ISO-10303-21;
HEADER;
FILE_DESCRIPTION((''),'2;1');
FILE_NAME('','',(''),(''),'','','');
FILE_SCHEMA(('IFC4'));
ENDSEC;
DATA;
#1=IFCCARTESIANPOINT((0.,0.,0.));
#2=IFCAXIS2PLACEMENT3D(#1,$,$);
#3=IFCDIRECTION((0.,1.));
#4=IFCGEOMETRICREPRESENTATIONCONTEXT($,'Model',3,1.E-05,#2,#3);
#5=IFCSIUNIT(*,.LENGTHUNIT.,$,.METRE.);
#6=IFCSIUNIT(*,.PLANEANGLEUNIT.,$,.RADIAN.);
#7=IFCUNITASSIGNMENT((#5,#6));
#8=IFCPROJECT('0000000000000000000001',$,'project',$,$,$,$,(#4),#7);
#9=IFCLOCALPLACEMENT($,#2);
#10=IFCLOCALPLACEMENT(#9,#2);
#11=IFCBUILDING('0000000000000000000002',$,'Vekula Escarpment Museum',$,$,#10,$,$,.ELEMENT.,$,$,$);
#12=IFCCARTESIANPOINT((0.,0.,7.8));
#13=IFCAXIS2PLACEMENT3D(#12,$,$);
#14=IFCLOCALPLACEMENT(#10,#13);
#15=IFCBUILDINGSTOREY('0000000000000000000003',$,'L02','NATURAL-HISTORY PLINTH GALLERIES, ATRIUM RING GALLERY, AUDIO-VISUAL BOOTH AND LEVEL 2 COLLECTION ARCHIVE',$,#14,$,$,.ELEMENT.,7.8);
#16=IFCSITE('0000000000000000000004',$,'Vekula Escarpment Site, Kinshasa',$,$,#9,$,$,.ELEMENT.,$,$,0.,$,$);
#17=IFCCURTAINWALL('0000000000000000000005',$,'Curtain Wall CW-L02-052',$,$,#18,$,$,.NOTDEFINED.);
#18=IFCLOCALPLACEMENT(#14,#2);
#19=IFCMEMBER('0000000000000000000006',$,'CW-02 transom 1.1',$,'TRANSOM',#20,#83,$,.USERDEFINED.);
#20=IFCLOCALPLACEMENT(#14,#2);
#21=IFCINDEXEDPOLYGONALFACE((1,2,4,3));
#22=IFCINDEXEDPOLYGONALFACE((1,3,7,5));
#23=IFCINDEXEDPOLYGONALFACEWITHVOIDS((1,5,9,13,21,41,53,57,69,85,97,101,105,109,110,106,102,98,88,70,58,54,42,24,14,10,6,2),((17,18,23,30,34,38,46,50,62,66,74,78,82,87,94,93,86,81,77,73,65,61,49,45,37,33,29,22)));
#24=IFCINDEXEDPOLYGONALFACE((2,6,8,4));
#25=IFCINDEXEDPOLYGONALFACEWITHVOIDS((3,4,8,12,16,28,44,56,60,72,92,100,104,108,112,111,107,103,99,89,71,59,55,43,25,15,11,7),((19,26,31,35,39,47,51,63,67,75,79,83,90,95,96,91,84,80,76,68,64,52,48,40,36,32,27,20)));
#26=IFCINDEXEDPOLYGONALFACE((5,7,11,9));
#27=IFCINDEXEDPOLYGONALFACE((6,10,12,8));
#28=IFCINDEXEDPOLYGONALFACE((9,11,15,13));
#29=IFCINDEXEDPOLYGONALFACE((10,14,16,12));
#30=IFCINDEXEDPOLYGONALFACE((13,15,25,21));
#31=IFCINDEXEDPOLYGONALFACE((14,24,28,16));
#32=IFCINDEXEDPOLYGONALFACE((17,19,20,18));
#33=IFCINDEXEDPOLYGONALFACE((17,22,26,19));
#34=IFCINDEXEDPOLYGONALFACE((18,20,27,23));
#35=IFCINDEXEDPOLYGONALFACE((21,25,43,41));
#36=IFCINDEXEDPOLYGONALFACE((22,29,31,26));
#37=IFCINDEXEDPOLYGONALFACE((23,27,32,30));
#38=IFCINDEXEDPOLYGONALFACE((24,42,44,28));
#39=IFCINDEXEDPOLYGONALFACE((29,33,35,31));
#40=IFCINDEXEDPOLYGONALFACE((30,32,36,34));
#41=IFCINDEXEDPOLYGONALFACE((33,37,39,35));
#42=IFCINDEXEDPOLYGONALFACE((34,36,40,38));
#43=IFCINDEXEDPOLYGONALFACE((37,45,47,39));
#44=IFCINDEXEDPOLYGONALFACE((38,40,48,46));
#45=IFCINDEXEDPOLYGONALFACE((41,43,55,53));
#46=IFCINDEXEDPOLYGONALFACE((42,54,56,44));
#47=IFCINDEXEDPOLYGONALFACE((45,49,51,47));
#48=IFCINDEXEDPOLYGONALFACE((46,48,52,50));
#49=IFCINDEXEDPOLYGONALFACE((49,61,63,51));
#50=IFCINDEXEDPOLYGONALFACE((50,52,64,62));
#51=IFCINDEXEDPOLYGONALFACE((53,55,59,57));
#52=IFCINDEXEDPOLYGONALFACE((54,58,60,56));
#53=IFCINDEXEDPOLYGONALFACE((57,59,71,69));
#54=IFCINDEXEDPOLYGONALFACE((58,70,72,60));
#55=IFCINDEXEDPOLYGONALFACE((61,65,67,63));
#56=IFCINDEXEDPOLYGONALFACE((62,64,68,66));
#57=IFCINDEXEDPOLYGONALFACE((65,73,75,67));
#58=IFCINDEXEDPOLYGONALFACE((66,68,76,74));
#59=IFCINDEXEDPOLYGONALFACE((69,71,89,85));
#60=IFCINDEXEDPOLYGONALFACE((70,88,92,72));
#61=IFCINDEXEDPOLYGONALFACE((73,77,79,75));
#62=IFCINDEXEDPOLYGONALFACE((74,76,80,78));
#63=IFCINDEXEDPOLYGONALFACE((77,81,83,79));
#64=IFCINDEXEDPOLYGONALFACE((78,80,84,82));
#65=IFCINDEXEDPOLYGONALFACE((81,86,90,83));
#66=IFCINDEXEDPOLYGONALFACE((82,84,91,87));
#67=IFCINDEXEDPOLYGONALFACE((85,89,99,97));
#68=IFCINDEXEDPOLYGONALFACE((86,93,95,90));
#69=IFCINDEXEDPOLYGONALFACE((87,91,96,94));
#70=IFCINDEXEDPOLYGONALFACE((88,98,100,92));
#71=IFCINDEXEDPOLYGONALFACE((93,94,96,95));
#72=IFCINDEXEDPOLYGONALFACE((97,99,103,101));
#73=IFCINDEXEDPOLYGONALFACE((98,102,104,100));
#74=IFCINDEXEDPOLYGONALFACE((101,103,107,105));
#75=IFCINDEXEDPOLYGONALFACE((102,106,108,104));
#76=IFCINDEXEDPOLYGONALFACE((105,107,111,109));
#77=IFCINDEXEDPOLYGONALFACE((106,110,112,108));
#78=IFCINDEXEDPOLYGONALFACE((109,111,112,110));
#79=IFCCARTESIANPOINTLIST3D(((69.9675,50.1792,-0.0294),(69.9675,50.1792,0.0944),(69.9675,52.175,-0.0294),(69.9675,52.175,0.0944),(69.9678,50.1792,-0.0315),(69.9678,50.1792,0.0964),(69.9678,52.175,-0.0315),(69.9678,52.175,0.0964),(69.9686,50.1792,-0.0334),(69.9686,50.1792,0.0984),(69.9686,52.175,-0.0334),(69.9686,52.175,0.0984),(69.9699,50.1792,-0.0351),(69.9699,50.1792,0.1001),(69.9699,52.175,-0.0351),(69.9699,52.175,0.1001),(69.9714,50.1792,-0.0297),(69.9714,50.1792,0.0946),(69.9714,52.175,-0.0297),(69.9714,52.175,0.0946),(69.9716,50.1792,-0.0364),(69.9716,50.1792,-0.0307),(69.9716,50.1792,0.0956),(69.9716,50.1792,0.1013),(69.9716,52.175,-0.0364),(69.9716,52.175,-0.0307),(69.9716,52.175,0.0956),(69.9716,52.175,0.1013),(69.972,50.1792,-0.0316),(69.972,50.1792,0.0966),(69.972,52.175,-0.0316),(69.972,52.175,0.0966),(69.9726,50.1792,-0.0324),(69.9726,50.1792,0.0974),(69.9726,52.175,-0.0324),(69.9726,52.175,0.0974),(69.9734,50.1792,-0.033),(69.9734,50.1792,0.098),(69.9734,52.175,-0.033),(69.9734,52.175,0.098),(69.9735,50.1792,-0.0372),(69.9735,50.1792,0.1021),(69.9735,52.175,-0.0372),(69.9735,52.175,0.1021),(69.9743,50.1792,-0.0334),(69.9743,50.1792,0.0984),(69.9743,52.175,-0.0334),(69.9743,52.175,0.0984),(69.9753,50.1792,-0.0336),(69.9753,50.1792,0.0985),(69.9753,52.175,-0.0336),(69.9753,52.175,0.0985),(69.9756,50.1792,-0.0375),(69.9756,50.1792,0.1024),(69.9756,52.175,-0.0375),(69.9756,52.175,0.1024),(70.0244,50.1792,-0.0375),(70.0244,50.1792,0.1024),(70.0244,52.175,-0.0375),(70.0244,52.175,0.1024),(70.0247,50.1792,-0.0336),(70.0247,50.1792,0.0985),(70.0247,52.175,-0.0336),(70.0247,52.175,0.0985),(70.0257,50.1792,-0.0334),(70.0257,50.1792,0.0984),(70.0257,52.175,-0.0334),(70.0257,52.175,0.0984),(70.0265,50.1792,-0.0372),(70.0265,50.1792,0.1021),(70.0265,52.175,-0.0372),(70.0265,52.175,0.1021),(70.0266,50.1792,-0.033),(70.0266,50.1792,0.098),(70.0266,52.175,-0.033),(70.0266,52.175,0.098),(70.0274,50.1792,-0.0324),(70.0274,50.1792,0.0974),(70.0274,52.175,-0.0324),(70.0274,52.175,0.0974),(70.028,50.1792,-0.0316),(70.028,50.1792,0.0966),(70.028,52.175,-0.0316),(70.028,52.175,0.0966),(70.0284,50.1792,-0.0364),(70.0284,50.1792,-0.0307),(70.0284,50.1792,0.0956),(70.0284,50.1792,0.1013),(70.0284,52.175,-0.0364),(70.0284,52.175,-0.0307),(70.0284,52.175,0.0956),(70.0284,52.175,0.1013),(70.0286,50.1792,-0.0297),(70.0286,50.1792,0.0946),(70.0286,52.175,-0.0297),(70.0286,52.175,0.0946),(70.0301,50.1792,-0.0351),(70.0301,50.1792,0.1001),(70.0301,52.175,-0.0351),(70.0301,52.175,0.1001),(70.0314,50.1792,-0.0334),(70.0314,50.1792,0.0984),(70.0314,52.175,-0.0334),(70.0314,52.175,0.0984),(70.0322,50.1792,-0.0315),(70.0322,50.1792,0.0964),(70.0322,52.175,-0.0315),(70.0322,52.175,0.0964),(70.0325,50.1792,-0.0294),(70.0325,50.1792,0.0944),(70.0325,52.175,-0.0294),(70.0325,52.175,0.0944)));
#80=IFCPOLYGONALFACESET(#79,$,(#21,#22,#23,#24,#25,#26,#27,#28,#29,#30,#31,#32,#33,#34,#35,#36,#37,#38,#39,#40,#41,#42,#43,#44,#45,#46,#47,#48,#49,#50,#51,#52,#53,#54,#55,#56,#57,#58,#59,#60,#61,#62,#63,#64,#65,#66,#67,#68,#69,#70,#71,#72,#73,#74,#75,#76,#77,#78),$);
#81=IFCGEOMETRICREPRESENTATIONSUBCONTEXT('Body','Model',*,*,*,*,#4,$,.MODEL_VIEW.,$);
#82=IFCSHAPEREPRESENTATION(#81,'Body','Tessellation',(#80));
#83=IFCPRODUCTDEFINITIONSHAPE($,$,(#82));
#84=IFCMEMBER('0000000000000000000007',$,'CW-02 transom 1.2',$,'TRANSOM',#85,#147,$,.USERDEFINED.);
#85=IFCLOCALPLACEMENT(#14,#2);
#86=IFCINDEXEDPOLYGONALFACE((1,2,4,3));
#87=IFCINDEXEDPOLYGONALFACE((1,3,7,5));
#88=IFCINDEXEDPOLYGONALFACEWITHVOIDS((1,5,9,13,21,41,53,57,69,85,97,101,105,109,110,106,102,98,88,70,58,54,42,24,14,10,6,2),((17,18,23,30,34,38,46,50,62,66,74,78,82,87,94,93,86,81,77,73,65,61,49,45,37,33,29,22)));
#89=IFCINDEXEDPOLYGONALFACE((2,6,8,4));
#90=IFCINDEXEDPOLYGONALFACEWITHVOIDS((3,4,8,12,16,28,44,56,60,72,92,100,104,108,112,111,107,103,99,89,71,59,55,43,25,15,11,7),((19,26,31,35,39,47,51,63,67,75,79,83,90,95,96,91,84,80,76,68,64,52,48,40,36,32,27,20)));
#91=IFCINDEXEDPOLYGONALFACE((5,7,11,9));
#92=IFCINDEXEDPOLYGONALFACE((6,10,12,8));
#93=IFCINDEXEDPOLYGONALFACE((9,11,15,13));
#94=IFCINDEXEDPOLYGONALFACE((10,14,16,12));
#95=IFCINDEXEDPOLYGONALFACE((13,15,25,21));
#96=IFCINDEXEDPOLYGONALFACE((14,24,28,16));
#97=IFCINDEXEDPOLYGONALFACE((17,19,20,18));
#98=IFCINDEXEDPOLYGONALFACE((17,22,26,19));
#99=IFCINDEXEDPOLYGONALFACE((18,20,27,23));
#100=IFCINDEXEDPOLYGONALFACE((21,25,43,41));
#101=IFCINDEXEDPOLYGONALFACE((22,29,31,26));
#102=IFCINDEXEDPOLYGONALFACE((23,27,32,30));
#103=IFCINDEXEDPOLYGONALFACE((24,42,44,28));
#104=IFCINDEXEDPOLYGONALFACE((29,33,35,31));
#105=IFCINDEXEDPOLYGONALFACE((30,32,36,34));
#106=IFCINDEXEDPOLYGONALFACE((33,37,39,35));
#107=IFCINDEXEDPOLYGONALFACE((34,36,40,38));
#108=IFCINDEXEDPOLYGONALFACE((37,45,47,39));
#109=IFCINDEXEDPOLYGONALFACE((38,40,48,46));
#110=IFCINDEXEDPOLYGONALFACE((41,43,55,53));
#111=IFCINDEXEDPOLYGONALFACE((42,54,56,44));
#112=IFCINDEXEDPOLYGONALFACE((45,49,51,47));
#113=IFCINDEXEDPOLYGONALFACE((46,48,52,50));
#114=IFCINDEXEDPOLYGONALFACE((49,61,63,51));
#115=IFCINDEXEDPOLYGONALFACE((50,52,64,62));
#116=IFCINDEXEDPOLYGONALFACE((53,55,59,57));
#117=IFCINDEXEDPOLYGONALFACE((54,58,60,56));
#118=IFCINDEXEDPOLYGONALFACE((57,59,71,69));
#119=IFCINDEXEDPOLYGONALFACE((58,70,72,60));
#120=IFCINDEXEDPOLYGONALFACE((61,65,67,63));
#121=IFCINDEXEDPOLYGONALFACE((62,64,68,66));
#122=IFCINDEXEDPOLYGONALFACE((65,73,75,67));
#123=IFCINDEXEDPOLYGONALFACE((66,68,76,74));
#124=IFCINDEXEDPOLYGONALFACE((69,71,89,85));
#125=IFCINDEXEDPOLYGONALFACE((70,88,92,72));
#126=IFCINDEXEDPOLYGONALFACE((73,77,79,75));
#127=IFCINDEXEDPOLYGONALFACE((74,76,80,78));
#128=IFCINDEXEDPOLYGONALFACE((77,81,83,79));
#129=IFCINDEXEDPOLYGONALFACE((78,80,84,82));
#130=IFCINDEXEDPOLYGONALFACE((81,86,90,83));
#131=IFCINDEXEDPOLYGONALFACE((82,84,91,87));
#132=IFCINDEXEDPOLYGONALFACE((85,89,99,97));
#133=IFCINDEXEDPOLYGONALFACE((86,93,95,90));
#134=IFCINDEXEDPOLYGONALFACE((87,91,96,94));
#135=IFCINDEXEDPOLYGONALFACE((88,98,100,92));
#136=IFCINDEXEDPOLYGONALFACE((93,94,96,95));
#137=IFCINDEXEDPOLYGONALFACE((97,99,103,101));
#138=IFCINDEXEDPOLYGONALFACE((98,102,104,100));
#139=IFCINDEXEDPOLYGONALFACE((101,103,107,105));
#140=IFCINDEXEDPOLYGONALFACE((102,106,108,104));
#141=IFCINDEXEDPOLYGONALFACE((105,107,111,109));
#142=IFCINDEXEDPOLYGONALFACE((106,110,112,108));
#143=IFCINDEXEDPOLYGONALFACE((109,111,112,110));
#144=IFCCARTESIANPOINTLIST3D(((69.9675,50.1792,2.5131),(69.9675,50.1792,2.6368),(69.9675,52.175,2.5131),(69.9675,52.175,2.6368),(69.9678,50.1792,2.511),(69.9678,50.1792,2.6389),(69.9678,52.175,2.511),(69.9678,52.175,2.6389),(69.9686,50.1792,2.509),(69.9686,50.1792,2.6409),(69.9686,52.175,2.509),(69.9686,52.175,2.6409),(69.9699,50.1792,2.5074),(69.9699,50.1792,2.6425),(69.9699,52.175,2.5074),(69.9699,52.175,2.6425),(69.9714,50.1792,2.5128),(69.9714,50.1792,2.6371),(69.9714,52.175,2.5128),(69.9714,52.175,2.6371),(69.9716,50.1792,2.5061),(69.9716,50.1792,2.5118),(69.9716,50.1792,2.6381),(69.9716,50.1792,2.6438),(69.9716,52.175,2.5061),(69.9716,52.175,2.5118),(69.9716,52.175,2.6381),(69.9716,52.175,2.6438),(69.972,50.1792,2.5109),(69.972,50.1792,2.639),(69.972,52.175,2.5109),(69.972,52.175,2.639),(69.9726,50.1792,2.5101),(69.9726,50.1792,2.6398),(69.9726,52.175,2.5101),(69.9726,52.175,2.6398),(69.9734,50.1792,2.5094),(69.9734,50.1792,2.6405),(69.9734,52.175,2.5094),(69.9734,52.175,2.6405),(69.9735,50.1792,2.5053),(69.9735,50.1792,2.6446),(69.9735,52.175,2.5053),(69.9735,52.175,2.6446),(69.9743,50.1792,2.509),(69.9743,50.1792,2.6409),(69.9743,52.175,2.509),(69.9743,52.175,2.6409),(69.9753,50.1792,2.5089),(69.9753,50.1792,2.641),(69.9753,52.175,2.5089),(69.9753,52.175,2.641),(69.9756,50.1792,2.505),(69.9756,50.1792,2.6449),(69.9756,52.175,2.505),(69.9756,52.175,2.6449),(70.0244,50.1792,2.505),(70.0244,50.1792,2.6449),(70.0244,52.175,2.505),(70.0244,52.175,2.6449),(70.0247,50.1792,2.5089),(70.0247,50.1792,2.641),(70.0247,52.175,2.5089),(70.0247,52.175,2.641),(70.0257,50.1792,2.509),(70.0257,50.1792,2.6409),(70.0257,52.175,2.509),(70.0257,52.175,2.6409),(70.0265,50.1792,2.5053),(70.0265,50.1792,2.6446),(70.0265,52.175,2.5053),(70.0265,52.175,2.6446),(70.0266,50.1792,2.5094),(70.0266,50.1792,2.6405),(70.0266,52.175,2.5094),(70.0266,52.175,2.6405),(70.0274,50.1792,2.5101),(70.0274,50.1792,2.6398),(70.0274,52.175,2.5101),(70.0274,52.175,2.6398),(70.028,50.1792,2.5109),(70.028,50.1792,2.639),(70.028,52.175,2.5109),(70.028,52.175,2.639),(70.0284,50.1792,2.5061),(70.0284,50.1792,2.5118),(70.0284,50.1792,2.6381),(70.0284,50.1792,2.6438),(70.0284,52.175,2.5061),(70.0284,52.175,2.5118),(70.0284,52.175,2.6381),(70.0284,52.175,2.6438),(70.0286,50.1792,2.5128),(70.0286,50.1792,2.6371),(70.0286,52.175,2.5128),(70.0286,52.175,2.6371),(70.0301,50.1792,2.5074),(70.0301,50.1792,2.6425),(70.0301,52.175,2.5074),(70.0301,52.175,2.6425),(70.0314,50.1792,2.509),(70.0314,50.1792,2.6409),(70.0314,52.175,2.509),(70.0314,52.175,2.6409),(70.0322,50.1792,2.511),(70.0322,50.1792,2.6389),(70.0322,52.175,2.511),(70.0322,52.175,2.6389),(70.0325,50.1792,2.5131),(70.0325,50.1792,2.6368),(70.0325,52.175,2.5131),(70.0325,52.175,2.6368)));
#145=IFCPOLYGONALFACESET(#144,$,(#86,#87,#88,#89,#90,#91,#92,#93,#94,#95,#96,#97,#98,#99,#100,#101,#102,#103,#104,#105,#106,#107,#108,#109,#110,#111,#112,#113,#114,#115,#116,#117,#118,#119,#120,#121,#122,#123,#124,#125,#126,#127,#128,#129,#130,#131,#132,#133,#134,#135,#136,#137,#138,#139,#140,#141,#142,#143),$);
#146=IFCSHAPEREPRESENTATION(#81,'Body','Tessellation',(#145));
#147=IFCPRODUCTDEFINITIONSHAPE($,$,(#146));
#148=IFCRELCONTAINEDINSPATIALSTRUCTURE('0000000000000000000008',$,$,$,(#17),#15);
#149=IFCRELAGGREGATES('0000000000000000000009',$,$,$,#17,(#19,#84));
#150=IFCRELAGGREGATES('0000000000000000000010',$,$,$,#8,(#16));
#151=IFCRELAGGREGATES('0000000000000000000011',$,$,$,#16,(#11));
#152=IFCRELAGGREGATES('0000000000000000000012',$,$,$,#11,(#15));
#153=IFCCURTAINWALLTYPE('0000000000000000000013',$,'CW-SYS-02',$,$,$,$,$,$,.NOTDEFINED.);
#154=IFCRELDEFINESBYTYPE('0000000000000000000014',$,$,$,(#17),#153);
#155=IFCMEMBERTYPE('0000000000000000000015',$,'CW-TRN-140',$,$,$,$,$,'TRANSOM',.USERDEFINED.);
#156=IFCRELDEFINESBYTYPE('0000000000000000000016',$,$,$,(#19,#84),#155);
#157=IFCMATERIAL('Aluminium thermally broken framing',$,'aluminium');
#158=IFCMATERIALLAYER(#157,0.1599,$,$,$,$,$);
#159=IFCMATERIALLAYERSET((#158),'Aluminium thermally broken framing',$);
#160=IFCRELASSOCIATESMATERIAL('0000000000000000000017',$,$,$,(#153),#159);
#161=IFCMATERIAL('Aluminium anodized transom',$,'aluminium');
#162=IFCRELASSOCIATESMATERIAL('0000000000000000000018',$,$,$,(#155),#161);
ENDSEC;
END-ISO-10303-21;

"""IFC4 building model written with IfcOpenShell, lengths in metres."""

from ifc_helpers import new_model, si_unit, direction, frame, origin, origin_2d, place, context, subcontext, project, spatial, hollow_rectangle, extrude, material, layer, layer_set, material_profile, profile_set, type_object, element, aggregate, save


model = new_model("IFC4")

# Units and contexts
model_context = context("Model", 3, precision=1e-05, world=origin(), true_north=direction((0.0, 1.0)))
body_context = subcontext(model_context, "Body", "Model", "MODEL_VIEW")
ifc_project = project(units=[si_unit("LENGTHUNIT", "METRE"), si_unit("PLANEANGLEUNIT", "RADIAN")], contexts=[model_context])

# Site, building, storey
site_placement = place(None, origin())
site = spatial("IfcSite", under=ifc_project, at=site_placement, Name="Vekula Escarpment Site, Kinshasa", CompositionType="ELEMENT", RefElevation=0.0)
building_placement = place(site_placement, origin())
building = spatial("IfcBuilding", under=site, at=building_placement, Name="Vekula Escarpment Museum", CompositionType="ELEMENT")
storey_placement = place(building_placement, frame((0.0, 0.0, 7.8)))
storey = spatial("IfcBuildingStorey", under=building, at=storey_placement, Name="L02", Description="NATURAL-HISTORY PLINTH GALLERIES, ATRIUM RING GALLERY, AUDIO-VISUAL BOOTH AND LEVEL 2 COLLECTION ARCHIVE", CompositionType="ELEMENT", Elevation=7.8)

# Curtain wall, members
ifc_material_1 = material(Name="Aluminium thermally broken framing", Category="aluminium")
ifc_layer_1 = layer(ifc_material_1, 0.1599)
ifc_layer_set_1 = layer_set([ifc_layer_1], Name="Aluminium thermally broken framing")
curtain_wall_type = type_object("IfcCurtainWallType", Name="CW-SYS-02", PredefinedType="NOTDEFINED", material=ifc_layer_set_1)
curtain_wall_placement = place(storey_placement, origin())
curtain_wall = element("IfcCurtainWall", 1, at=curtain_wall_placement, inside=storey, type_object=curtain_wall_type, Name="Curtain Wall CW-L02-052", PredefinedType="NOTDEFINED")
ifc_material_2 = material(Name="Aluminium anodized transom", Category="aluminium")
ifc_material_profile_1 = material_profile(ifc_material_2, hollow_rectangle(XDim=0.0649, YDim=0.1399, WallThickness=0.0039, InnerFilletRadius=0.0039, OuterFilletRadius=0.0081, at=origin_2d()), Name="ALU 140x65x4")
ifc_profile_set_1 = profile_set([ifc_material_profile_1], Name="Aluminium anodized transom")
member_type_1 = type_object("IfcMemberType", Name="CW-TRN-140", ElementType="TRANSOM", PredefinedType="USERDEFINED", material=ifc_profile_set_1)
member_1_placement = place(storey_placement, frame((70.0, 52.175, 0.0325), z_axis=(0.0, -1.0, 0.0), x_axis=(1.0, 0.0, 0.0)))
member_1 = element("IfcMember", 2, at=member_1_placement, type_object=member_type_1, Name="CW-02 transom 1.1", ObjectType="TRANSOM", PredefinedType="USERDEFINED", context=body_context, shape_type="SweptSolid", body=[
    extrude(hollow_rectangle(XDim=0.0649, YDim=0.1399, WallThickness=0.0039, InnerFilletRadius=0.0039, OuterFilletRadius=0.0081, at=origin_2d()), origin(), (0.0, 0.0, 1.0), 1.9958),
])
member_2_placement = place(storey_placement, frame((70.0, 52.175, 2.575), z_axis=(0.0, -1.0, 0.0), x_axis=(1.0, 0.0, 0.0)))
member_2 = element("IfcMember", 3, at=member_2_placement, type_object=member_type_1, Name="CW-02 transom 1.2", ObjectType="TRANSOM", PredefinedType="USERDEFINED", context=body_context, shape_type="SweptSolid", body=[
    extrude(hollow_rectangle(XDim=0.0649, YDim=0.1399, WallThickness=0.0039, InnerFilletRadius=0.0039, OuterFilletRadius=0.0081, at=origin_2d()), origin(), (0.0, 0.0, 1.0), 1.9958),
])
aggregate(curtain_wall, [member_1, member_2])

save(model, "model.ifc")
